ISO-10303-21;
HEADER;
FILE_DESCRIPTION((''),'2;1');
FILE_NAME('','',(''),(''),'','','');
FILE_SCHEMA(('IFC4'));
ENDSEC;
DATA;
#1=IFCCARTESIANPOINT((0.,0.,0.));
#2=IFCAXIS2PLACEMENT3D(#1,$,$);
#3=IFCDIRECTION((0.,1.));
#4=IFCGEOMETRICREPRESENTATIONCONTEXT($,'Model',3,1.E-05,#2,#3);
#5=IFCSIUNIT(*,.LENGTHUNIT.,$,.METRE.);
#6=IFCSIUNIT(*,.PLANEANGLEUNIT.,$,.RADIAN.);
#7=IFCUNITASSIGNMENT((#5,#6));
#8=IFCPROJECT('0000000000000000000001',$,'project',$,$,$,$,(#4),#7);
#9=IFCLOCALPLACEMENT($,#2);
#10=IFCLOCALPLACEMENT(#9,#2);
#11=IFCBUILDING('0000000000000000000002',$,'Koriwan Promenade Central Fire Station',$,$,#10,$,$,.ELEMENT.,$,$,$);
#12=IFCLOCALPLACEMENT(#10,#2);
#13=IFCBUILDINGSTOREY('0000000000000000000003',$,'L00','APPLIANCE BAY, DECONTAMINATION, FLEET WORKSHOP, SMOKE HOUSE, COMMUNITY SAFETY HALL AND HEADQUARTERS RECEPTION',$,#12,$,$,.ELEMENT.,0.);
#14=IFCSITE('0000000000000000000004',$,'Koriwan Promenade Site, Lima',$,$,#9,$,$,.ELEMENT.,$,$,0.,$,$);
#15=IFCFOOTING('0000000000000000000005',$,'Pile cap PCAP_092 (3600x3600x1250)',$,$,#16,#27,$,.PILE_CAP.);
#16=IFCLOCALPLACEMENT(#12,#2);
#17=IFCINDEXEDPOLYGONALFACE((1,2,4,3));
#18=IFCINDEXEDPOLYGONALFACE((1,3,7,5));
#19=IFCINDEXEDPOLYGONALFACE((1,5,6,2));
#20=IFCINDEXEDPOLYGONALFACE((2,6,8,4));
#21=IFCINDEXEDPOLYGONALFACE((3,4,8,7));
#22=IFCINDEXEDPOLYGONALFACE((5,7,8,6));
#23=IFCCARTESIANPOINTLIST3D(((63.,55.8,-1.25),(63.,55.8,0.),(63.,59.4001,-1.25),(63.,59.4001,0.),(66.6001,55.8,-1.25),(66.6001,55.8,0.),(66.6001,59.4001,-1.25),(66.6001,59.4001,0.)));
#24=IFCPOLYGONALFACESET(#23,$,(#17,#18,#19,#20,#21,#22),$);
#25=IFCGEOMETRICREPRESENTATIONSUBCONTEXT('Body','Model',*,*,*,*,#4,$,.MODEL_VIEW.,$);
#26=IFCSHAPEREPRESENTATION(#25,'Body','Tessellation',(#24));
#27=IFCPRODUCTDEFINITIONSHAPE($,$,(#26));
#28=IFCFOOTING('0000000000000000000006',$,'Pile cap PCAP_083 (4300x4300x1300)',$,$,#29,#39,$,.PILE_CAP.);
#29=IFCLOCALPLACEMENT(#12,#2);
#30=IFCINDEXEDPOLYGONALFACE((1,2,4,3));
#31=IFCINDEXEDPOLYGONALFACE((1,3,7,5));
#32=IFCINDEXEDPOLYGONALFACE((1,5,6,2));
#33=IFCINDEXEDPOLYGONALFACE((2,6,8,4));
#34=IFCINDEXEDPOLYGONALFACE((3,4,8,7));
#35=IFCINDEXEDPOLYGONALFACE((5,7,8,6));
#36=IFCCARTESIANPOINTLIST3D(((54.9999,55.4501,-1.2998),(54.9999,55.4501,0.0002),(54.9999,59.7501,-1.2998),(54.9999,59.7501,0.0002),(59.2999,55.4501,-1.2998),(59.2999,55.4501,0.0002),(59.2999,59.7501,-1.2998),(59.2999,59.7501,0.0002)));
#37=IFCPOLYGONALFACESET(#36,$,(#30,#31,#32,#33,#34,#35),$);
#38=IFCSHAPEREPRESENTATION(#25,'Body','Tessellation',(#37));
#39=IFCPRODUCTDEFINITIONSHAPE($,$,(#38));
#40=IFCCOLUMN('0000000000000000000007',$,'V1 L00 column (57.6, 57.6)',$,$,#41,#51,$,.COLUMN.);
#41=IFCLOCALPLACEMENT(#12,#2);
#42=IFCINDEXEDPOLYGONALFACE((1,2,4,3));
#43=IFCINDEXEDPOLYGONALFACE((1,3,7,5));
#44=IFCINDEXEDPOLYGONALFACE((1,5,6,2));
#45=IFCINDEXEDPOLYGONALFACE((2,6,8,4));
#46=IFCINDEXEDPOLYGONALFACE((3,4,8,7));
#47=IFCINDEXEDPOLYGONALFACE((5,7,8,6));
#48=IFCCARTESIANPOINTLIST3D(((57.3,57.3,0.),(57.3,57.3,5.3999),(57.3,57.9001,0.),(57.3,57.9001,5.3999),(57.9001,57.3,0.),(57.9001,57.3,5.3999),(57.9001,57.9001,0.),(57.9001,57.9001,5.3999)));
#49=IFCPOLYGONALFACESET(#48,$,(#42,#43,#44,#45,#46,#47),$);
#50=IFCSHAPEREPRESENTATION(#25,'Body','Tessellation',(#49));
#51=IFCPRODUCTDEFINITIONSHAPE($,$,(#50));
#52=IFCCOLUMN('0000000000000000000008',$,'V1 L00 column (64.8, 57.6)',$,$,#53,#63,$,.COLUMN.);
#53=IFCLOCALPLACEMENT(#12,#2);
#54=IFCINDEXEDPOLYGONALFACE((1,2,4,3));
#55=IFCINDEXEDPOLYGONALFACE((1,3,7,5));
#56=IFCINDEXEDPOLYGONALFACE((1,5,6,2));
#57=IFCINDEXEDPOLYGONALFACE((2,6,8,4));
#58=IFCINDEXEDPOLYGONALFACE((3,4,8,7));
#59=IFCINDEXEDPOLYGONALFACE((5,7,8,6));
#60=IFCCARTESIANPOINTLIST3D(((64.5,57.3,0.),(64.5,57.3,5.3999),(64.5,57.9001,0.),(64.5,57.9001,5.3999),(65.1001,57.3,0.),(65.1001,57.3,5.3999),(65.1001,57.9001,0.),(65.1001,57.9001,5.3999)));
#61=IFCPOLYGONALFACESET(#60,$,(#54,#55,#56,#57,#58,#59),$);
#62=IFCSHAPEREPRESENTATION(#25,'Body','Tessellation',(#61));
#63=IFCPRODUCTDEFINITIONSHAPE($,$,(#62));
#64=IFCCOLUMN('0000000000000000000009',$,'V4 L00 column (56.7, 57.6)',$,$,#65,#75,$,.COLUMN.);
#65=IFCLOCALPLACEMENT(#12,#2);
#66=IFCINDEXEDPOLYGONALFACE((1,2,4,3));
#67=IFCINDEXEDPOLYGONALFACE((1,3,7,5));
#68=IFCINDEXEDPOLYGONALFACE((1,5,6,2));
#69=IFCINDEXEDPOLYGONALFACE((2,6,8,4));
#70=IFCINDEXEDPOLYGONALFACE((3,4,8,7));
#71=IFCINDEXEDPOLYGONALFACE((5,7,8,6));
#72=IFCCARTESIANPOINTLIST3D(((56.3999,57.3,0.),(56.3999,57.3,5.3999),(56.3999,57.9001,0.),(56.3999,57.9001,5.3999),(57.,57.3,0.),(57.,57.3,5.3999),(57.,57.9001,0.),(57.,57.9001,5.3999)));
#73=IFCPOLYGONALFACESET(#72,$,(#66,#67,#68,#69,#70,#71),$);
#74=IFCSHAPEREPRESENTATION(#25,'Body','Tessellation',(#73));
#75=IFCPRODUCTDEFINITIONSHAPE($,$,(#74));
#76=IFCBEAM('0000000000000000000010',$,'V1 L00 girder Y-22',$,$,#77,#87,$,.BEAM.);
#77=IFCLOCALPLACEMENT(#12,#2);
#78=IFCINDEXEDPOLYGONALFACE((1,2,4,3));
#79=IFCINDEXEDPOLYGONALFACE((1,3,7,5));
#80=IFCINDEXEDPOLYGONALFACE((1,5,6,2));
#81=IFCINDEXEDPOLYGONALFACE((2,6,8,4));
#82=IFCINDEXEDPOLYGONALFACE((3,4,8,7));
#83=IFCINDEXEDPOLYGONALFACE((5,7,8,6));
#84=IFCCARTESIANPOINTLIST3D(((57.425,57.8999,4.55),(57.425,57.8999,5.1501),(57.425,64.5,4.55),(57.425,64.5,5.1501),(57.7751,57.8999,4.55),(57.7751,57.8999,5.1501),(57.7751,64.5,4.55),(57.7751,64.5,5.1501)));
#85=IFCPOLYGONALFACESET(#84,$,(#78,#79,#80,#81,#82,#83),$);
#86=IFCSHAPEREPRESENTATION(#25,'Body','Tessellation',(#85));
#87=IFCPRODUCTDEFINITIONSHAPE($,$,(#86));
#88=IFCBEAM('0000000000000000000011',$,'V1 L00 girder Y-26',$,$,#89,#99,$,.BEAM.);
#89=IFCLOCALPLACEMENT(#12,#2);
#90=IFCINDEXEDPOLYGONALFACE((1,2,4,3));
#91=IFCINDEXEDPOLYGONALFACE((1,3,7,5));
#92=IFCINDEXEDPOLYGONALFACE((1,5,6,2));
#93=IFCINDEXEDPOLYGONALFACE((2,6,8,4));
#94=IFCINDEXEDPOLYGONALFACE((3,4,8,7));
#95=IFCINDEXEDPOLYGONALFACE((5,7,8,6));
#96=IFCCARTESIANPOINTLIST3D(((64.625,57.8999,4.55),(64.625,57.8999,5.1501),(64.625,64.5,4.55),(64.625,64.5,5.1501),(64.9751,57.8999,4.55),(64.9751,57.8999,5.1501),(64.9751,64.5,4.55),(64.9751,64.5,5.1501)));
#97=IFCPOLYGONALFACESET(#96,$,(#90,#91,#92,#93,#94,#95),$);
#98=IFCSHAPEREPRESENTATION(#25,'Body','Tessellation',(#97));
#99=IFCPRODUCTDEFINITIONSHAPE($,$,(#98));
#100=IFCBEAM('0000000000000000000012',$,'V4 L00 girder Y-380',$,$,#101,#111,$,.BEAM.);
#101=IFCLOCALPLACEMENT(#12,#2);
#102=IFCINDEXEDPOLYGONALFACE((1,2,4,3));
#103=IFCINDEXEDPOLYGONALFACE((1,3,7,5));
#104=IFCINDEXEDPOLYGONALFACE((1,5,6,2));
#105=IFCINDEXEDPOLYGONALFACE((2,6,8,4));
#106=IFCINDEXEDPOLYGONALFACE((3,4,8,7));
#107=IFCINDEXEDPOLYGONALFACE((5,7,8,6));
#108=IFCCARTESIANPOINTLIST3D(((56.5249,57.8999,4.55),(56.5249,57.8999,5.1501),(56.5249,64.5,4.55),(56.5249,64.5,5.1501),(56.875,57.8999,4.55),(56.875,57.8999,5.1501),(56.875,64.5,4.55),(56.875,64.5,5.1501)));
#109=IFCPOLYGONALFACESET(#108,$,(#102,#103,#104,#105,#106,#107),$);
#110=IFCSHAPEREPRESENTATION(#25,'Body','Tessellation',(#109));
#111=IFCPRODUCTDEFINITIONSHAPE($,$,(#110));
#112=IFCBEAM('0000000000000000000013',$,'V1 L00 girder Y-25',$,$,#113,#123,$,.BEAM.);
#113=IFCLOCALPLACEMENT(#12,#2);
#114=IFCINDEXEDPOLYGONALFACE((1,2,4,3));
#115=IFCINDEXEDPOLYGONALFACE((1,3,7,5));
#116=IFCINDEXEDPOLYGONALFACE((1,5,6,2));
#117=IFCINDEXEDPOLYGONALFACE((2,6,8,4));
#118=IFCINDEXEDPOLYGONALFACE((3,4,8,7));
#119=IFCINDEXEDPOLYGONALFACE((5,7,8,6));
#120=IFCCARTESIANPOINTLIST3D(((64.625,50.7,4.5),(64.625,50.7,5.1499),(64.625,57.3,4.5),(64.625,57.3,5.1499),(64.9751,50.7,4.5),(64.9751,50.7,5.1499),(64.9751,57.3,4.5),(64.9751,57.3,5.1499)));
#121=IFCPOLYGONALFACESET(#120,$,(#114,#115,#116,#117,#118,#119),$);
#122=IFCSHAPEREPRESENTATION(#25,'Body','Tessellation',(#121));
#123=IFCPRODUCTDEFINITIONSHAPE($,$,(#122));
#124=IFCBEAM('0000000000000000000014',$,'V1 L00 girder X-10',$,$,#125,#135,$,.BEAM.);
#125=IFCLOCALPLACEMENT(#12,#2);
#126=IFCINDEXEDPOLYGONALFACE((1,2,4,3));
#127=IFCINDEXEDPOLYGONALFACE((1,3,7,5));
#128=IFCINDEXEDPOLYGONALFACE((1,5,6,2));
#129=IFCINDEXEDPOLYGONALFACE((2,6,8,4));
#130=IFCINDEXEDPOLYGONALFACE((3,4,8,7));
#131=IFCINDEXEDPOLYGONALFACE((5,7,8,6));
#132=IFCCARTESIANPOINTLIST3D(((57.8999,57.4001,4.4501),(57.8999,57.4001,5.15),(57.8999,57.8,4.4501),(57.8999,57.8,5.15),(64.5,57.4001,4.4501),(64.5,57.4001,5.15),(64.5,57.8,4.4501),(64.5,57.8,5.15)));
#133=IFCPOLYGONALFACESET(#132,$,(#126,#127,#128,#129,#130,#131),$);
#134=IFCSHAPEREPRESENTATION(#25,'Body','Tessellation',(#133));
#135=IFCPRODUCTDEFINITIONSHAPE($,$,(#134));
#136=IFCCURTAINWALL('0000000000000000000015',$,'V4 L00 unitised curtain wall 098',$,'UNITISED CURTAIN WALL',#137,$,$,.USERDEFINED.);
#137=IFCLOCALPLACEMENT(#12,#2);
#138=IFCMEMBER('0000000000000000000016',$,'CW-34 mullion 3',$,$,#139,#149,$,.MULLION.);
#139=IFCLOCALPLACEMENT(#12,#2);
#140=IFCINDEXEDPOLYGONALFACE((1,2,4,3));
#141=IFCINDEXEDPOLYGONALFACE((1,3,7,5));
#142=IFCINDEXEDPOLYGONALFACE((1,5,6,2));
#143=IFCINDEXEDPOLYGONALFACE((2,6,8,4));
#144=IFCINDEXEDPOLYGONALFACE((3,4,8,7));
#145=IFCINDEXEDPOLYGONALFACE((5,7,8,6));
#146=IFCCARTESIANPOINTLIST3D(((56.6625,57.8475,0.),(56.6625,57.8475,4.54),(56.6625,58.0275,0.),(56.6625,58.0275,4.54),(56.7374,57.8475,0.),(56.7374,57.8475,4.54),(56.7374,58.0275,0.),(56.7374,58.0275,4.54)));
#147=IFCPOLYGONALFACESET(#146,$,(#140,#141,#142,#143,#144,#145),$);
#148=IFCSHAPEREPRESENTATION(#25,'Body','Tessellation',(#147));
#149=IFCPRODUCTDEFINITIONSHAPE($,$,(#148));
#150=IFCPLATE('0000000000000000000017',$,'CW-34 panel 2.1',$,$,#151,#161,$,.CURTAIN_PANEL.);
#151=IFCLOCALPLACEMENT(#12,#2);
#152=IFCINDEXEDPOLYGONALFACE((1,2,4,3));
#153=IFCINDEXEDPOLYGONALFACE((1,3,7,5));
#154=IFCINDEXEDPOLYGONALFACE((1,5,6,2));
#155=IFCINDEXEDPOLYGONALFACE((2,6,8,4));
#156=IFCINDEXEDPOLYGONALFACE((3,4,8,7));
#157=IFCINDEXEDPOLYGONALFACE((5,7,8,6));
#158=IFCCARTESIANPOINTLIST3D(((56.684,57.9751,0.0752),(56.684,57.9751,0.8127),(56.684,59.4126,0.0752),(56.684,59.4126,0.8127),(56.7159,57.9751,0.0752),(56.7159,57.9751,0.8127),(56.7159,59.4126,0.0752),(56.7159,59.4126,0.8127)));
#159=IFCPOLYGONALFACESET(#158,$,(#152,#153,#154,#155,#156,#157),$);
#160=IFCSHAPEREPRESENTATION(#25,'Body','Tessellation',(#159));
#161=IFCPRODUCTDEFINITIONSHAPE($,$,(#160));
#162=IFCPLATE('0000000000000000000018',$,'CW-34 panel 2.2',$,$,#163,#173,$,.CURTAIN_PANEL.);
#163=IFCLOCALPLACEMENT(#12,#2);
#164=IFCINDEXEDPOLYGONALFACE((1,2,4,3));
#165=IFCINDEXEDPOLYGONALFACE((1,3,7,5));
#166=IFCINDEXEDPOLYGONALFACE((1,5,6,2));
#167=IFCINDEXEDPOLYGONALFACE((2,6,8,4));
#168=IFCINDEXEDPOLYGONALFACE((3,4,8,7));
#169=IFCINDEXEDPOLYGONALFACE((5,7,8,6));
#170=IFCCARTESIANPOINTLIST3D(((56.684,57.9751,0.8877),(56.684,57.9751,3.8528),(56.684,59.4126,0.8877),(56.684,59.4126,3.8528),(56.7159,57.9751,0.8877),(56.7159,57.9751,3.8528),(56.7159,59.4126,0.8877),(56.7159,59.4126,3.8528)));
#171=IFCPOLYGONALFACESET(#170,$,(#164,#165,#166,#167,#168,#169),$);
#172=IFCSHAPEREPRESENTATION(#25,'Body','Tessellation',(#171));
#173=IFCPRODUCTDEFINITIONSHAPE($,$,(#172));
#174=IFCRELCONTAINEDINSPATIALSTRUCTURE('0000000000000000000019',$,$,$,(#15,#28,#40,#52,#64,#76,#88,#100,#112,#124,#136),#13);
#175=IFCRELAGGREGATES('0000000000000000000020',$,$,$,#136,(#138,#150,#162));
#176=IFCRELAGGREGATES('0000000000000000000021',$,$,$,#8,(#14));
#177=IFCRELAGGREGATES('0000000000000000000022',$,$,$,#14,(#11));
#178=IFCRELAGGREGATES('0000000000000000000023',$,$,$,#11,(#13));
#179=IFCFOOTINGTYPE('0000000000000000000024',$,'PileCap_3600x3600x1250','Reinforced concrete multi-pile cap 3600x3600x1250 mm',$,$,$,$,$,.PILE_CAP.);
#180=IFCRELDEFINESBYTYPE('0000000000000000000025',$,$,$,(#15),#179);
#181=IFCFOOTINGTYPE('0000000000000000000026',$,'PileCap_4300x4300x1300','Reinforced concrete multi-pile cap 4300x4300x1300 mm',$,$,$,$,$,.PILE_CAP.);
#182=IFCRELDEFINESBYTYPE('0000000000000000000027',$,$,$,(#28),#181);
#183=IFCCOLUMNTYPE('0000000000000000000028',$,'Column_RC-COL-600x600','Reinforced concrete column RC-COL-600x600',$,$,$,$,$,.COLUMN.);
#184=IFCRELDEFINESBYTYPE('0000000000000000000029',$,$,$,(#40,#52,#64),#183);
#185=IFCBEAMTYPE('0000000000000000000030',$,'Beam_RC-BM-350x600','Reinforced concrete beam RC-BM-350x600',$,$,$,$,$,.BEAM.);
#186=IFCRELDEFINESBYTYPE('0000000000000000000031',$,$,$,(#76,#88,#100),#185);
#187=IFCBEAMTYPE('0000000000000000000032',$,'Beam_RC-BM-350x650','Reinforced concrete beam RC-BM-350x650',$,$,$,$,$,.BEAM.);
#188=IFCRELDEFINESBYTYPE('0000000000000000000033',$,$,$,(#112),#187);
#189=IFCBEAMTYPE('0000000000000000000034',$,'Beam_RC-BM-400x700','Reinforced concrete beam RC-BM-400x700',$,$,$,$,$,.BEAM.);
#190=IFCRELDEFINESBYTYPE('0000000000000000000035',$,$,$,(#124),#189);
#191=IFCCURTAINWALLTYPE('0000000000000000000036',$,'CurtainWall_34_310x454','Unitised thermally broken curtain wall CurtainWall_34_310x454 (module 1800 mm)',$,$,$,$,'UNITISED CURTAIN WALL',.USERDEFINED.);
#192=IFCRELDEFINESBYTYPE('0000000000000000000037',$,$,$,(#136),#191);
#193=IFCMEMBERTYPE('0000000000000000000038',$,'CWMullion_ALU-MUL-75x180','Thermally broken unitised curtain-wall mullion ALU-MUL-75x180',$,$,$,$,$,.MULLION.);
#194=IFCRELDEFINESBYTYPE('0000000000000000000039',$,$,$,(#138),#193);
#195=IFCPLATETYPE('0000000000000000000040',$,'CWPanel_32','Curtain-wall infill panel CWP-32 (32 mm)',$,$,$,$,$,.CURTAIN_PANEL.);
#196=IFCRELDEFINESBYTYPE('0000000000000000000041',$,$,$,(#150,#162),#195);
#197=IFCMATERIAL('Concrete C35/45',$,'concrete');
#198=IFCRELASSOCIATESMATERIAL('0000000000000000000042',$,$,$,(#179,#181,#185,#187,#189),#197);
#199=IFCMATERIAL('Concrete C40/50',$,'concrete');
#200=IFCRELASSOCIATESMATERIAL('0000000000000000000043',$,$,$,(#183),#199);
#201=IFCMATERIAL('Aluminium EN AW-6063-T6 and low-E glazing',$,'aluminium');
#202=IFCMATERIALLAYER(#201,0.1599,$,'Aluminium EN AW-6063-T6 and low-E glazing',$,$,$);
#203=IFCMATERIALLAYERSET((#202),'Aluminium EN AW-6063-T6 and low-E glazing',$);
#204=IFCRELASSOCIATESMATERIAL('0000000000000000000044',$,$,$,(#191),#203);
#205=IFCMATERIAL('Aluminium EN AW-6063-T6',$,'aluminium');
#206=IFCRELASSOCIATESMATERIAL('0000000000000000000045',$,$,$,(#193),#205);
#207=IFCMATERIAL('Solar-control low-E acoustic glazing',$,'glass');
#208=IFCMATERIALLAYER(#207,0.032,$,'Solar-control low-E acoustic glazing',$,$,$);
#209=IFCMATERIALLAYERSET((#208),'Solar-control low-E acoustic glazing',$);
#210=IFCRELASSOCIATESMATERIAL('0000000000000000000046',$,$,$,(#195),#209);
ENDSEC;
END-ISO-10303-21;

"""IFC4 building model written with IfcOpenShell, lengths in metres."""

from ifc_helpers import new_model, si_unit, direction, frame, origin, origin_2d, place, context, subcontext, project, spatial, rectangle, extrude, material, layer, layer_set, material_profile, profile_set, type_object, element, aggregate, save


model = new_model("IFC4")

# Units and contexts
model_context = context("Model", 3, precision=1e-05, world=origin(), true_north=direction((0.0, 1.0)))
body_context = subcontext(model_context, "Body", "Model", "MODEL_VIEW")
ifc_project = project(units=[si_unit("LENGTHUNIT", "METRE"), si_unit("PLANEANGLEUNIT", "RADIAN")], contexts=[model_context])

# Site, building, storey
site_placement = place(None, origin())
site = spatial("IfcSite", under=ifc_project, at=site_placement, Name="Koriwan Promenade Site, Lima", CompositionType="ELEMENT", RefElevation=0.0)
building_placement = place(site_placement, origin())
building = spatial("IfcBuilding", under=site, at=building_placement, Name="Koriwan Promenade Central Fire Station", CompositionType="ELEMENT")
storey_placement = place(building_placement, origin())
storey = spatial("IfcBuildingStorey", under=building, at=storey_placement, Name="L00", Description="APPLIANCE BAY, DECONTAMINATION, FLEET WORKSHOP, SMOKE HOUSE, COMMUNITY SAFETY HALL AND HEADQUARTERS RECEPTION", CompositionType="ELEMENT", Elevation=0.0)

# Shared definitions
ifc_material_1 = material(Name="Concrete C35/45", Category="concrete")

# Footings
footing_type_1 = type_object("IfcFootingType", Name="PileCap_3600x3600x1250", Description="Reinforced concrete multi-pile cap 3600x3600x1250 mm", PredefinedType="PILE_CAP", material=ifc_material_1)
footing_1_placement = place(storey_placement, frame((64.8, 57.6001, -1.25), z_axis=(0.0, 0.0, 1.0), x_axis=(1.0, 0.0, 0.0)))
element("IfcFooting", 1, at=footing_1_placement, inside=storey, type_object=footing_type_1, Name="Pile cap PCAP_092 (3600x3600x1250)", PredefinedType="PILE_CAP", context=body_context, shape_type="SweptSolid", body=[
    extrude(rectangle(XDim=3.6001, YDim=3.6001, at=origin_2d()), origin(), (0.0, 0.0, 1.0), 1.25),
])
footing_type_2 = type_object("IfcFootingType", Name="PileCap_4300x4300x1300", Description="Reinforced concrete multi-pile cap 4300x4300x1300 mm", PredefinedType="PILE_CAP", material=ifc_material_1)
footing_2_placement = place(storey_placement, frame((57.1499, 57.6001, -1.2998), z_axis=(0.0, 0.0, 1.0), x_axis=(1.0, 0.0, 0.0)))
element("IfcFooting", 2, at=footing_2_placement, inside=storey, type_object=footing_type_2, Name="Pile cap PCAP_083 (4300x4300x1300)", PredefinedType="PILE_CAP", context=body_context, shape_type="SweptSolid", body=[
    extrude(rectangle(XDim=4.3, YDim=4.3, at=origin_2d()), origin(), (0.0, 0.0, 1.0), 1.3),
])

# Columns
ifc_material_2 = material(Name="Concrete C40/50", Category="concrete")
ifc_material_profile_1 = material_profile(ifc_material_2, rectangle(XDim=0.6001, YDim=0.6001, at=origin_2d()), Name="RC-COL-600x600")
ifc_profile_set_1 = profile_set([ifc_material_profile_1], Name="Concrete C40/50")
column_type = type_object("IfcColumnType", Name="Column_RC-COL-600x600", Description="Reinforced concrete column RC-COL-600x600", PredefinedType="COLUMN", material=ifc_profile_set_1)
for number, where, z_axis, x_axis, name in (
    (3, (57.6001, 57.6001, 0.0), (0.0, 0.0, 1.0), (1.0, 0.0, 0.0), "V1 L00 column (57.6, 57.6)"),
    (4, (64.8, 57.6001, 0.0), (0.0, 0.0, 1.0), (1.0, 0.0, 0.0), "V1 L00 column (64.8, 57.6)"),
    (5, (56.7, 57.6001, 0.0), (0.0, 0.0, 1.0), (1.0, 0.0, 0.0), "V4 L00 column (56.7, 57.6)"),
):
    element("IfcColumn", number, at=place(storey_placement, frame(where, z_axis=z_axis, x_axis=x_axis)), inside=storey, type_object=column_type, Name=name, PredefinedType="COLUMN", context=body_context, shape_type="SweptSolid", body=[
        extrude(rectangle(XDim=0.6001, YDim=0.6001, at=origin_2d()), origin(), (0.0, 0.0, 1.0), 5.3999),
    ])

# Beams
ifc_material_profile_2 = material_profile(ifc_material_1, rectangle(XDim=0.3501, YDim=0.6001, at=origin_2d()), Name="RC-BM-350x600")
ifc_profile_set_2 = profile_set([ifc_material_profile_2], Name="Concrete C35/45")
beam_type_1 = type_object("IfcBeamType", Name="Beam_RC-BM-350x600", Description="Reinforced concrete beam RC-BM-350x600", PredefinedType="BEAM", material=ifc_profile_set_2)
for number, where, z_axis, x_axis, name in (
    (6, (57.6001, 57.8999, 4.8501), (0.0, 1.0, 0.0), (-1.0, 0.0, 0.0), "V1 L00 girder Y-22"),
    (7, (64.8, 57.8999, 4.8501), (0.0, 1.0, 0.0), (-1.0, 0.0, 0.0), "V1 L00 girder Y-26"),
    (8, (56.7, 57.8999, 4.8501), (0.0, 1.0, 0.0), (-1.0, 0.0, 0.0), "V4 L00 girder Y-380"),
):
    element("IfcBeam", number, at=place(storey_placement, frame(where, z_axis=z_axis, x_axis=x_axis)), inside=storey, type_object=beam_type_1, Name=name, PredefinedType="BEAM", context=body_context, shape_type="SweptSolid", body=[
        extrude(rectangle(XDim=0.3501, YDim=0.6001, at=origin_2d()), origin(), (0.0, 0.0, 1.0), 6.6001),
    ])
ifc_material_profile_3 = material_profile(ifc_material_1, rectangle(XDim=0.3501, YDim=0.6499, at=origin_2d()), Name="RC-BM-350x650")
ifc_profile_set_3 = profile_set([ifc_material_profile_3], Name="Concrete C35/45")
beam_type_2 = type_object("IfcBeamType", Name="Beam_RC-BM-350x650", Description="Reinforced concrete beam RC-BM-350x650", PredefinedType="BEAM", material=ifc_profile_set_3)
beam_1_placement = place(storey_placement, frame((64.8, 50.7, 4.825), z_axis=(0.0, 1.0, 0.0), x_axis=(-1.0, 0.0, 0.0)))
element("IfcBeam", 9, at=beam_1_placement, inside=storey, type_object=beam_type_2, Name="V1 L00 girder Y-25", PredefinedType="BEAM", context=body_context, shape_type="SweptSolid", body=[
    extrude(rectangle(XDim=0.3501, YDim=0.6499, at=origin_2d()), origin(), (0.0, 0.0, 1.0), 6.6001),
])
ifc_material_profile_4 = material_profile(ifc_material_1, rectangle(XDim=0.3999, YDim=0.7, at=origin_2d()), Name="RC-BM-400x700")
ifc_profile_set_4 = profile_set([ifc_material_profile_4], Name="Concrete C35/45")
beam_type_3 = type_object("IfcBeamType", Name="Beam_RC-BM-400x700", Description="Reinforced concrete beam RC-BM-400x700", PredefinedType="BEAM", material=ifc_profile_set_4)
beam_2_placement = place(storey_placement, frame((57.8999, 57.6001, 4.8), z_axis=(1.0, 0.0, 0.0), x_axis=(0.0, 1.0, 0.0)))
element("IfcBeam", 10, at=beam_2_placement, inside=storey, type_object=beam_type_3, Name="V1 L00 girder X-10", PredefinedType="BEAM", context=body_context, shape_type="SweptSolid", body=[
    extrude(rectangle(XDim=0.3999, YDim=0.7, at=origin_2d()), origin(), (0.0, 0.0, 1.0), 6.6001),
])

# Curtain wall, member, plates
ifc_material_3 = material(Name="Aluminium EN AW-6063-T6 and low-E glazing", Category="aluminium")
ifc_layer_1 = layer(ifc_material_3, 0.1599, Name="Aluminium EN AW-6063-T6 and low-E glazing")
ifc_layer_set_1 = layer_set([ifc_layer_1], Name="Aluminium EN AW-6063-T6 and low-E glazing")
curtain_wall_type = type_object("IfcCurtainWallType", Name="CurtainWall_34_310x454", Description="Unitised thermally broken curtain wall CurtainWall_34_310x454 (module 1800 mm)", ElementType="UNITISED CURTAIN WALL", PredefinedType="USERDEFINED", material=ifc_layer_set_1)
curtain_wall_placement = place(storey_placement, origin())
curtain_wall = element("IfcCurtainWall", 11, at=curtain_wall_placement, inside=storey, type_object=curtain_wall_type, Name="V4 L00 unitised curtain wall 098", ObjectType="UNITISED CURTAIN WALL", PredefinedType="USERDEFINED")
ifc_material_4 = material(Name="Aluminium EN AW-6063-T6", Category="aluminium")
ifc_material_profile_5 = material_profile(ifc_material_4, rectangle(XDim=0.075, YDim=0.1799, at=origin_2d()), Name="ALU-MUL-75x180")
ifc_profile_set_5 = profile_set([ifc_material_profile_5], Name="Aluminium EN AW-6063-T6")
member_type = type_object("IfcMemberType", Name="CWMullion_ALU-MUL-75x180", Description="Thermally broken unitised curtain-wall mullion ALU-MUL-75x180", PredefinedType="MULLION", material=ifc_profile_set_5)
member_placement = place(storey_placement, frame((56.7, 57.9375, 0.0), z_axis=(0.0, 0.0, 1.0), x_axis=(1.0, 0.0, 0.0)))
member = element("IfcMember", 12, at=member_placement, type_object=member_type, Name="CW-34 mullion 3", PredefinedType="MULLION", context=body_context, shape_type="SweptSolid", body=[
    extrude(rectangle(XDim=0.075, YDim=0.1799, at=origin_2d()), origin(), (0.0, 0.0, 1.0), 4.54),
])
ifc_material_5 = material(Name="Solar-control low-E acoustic glazing", Category="glass")
ifc_layer_2 = layer(ifc_material_5, 0.032, Name="Solar-control low-E acoustic glazing")
ifc_layer_set_2 = layer_set([ifc_layer_2], Name="Solar-control low-E acoustic glazing")
plate_type = type_object("IfcPlateType", Name="CWPanel_32", Description="Curtain-wall infill panel CWP-32 (32 mm)", PredefinedType="CURTAIN_PANEL", material=ifc_layer_set_2)
plate_1_placement = place(storey_placement, frame((56.7, 58.6938, 0.0752), z_axis=(0.0, 0.0, 1.0), x_axis=(0.0, -1.0, 0.0)))
plate_1 = element("IfcPlate", 13, at=plate_1_placement, type_object=plate_type, Name="CW-34 panel 2.1", PredefinedType="CURTAIN_PANEL", context=body_context, shape_type="SweptSolid", body=[
    extrude(rectangle(XDim=1.4375, YDim=0.032, at=origin_2d()), origin(), (0.0, 0.0, 1.0), 0.7375),
])
plate_2_placement = place(storey_placement, frame((56.7, 58.6938, 0.8877), z_axis=(0.0, 0.0, 1.0), x_axis=(0.0, -1.0, 0.0)))
plate_2 = element("IfcPlate", 14, at=plate_2_placement, type_object=plate_type, Name="CW-34 panel 2.2", PredefinedType="CURTAIN_PANEL", context=body_context, shape_type="SweptSolid", body=[
    extrude(rectangle(XDim=1.4375, YDim=0.032, at=origin_2d()), origin(), (0.0, 0.0, 1.0), 2.9651),
])
aggregate(curtain_wall, [member, plate_1, plate_2])

save(model, "model.ifc")
